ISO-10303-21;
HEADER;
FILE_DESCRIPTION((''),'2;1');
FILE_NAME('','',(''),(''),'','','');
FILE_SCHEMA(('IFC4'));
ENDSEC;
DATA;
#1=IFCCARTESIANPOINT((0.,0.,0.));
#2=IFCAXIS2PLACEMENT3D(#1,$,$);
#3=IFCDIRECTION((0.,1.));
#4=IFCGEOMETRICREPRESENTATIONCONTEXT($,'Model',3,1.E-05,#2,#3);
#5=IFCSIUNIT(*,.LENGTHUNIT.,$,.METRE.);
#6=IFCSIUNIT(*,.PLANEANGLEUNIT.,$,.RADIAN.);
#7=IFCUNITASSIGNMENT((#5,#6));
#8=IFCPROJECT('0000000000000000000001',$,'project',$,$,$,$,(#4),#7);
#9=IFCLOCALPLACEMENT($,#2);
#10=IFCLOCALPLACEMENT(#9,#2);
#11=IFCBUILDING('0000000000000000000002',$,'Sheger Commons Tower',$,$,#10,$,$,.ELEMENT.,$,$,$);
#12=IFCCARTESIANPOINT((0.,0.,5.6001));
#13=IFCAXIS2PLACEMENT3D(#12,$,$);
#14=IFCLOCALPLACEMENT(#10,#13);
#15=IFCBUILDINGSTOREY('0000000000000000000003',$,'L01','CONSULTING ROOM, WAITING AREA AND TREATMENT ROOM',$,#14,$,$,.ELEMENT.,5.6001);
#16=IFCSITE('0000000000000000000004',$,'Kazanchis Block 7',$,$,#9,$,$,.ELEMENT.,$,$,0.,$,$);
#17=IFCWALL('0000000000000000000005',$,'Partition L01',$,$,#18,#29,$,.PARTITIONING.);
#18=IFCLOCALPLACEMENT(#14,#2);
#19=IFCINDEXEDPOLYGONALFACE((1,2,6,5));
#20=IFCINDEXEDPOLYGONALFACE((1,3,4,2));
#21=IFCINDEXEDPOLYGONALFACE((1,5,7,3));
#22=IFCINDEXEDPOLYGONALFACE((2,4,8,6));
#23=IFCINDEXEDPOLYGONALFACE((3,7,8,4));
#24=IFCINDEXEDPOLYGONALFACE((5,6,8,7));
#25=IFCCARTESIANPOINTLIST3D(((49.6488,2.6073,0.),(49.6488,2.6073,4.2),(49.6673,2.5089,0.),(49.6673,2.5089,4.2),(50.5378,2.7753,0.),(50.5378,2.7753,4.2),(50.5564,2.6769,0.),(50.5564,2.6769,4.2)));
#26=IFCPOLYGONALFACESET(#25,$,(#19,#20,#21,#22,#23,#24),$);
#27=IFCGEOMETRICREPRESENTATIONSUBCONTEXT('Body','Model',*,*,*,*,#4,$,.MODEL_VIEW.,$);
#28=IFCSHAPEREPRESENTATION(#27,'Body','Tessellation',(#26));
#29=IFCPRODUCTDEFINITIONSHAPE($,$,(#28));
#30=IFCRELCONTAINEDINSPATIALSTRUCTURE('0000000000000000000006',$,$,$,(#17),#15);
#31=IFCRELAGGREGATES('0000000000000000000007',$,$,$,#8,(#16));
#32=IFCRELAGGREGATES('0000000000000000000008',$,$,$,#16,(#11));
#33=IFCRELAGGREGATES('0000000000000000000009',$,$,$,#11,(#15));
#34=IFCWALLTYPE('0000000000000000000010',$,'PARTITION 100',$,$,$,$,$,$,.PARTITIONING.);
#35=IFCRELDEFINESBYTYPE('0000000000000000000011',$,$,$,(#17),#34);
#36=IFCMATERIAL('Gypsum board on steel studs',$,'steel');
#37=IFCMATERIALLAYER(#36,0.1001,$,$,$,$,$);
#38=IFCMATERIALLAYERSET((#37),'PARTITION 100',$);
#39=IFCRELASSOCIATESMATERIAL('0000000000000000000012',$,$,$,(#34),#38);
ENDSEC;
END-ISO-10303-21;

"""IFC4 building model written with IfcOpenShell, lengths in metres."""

from ifc_helpers import new_model, si_unit, direction, frame, frame_2d, origin, place, context, subcontext, project, spatial, rectangle, extrude, material, layer, layer_set, type_object, element, save


model = new_model("IFC4")

# Units and contexts
model_context = context("Model", 3, precision=1e-05, world=origin(), true_north=direction((0.0, 1.0)))
body_context = subcontext(model_context, "Body", "Model", "MODEL_VIEW")
ifc_project = project(units=[si_unit("LENGTHUNIT", "METRE"), si_unit("PLANEANGLEUNIT", "RADIAN")], contexts=[model_context])

# Site, building, storey
site_placement = place(None, origin())
site = spatial("IfcSite", under=ifc_project, at=site_placement, Name="Kazanchis Block 7", CompositionType="ELEMENT", RefElevation=0.0)
building_placement = place(site_placement, origin())
building = spatial("IfcBuilding", under=site, at=building_placement, Name="Sheger Commons Tower", CompositionType="ELEMENT")
storey_placement = place(building_placement, frame((0.0, 0.0, 5.6001)))
storey = spatial("IfcBuildingStorey", under=building, at=storey_placement, Name="L01", Description="CONSULTING ROOM, WAITING AREA AND TREATMENT ROOM", CompositionType="ELEMENT", Elevation=5.6001)

# Wall
ifc_material_1 = material(Name="Gypsum board on steel studs", Category="steel")
ifc_layer_1 = layer(ifc_material_1, 0.1001)
ifc_layer_set_1 = layer_set([ifc_layer_1], Name="PARTITION 100")
wall_type_1 = type_object("IfcWallType", Name="PARTITION 100", PredefinedType="PARTITIONING", material=ifc_layer_set_1)
wall_1_placement = place(storey_placement, frame((50.5471, 2.7261, 0.0), z_axis=(0.0, 0.0, 1.0), x_axis=(-0.982621, -0.185624, 0.0)))
element("IfcWall", 1, at=wall_1_placement, inside=storey, type_object=wall_type_1, Name="Partition L01", PredefinedType="PARTITIONING", context=body_context, shape_type="SweptSolid", body=[
    extrude(rectangle(XDim=0.9048, YDim=0.1001, at=frame_2d((0.4524, 0.0))), origin(), (0.0, 0.0, 1.0), 4.2),
])

save(model, "model.ifc")
